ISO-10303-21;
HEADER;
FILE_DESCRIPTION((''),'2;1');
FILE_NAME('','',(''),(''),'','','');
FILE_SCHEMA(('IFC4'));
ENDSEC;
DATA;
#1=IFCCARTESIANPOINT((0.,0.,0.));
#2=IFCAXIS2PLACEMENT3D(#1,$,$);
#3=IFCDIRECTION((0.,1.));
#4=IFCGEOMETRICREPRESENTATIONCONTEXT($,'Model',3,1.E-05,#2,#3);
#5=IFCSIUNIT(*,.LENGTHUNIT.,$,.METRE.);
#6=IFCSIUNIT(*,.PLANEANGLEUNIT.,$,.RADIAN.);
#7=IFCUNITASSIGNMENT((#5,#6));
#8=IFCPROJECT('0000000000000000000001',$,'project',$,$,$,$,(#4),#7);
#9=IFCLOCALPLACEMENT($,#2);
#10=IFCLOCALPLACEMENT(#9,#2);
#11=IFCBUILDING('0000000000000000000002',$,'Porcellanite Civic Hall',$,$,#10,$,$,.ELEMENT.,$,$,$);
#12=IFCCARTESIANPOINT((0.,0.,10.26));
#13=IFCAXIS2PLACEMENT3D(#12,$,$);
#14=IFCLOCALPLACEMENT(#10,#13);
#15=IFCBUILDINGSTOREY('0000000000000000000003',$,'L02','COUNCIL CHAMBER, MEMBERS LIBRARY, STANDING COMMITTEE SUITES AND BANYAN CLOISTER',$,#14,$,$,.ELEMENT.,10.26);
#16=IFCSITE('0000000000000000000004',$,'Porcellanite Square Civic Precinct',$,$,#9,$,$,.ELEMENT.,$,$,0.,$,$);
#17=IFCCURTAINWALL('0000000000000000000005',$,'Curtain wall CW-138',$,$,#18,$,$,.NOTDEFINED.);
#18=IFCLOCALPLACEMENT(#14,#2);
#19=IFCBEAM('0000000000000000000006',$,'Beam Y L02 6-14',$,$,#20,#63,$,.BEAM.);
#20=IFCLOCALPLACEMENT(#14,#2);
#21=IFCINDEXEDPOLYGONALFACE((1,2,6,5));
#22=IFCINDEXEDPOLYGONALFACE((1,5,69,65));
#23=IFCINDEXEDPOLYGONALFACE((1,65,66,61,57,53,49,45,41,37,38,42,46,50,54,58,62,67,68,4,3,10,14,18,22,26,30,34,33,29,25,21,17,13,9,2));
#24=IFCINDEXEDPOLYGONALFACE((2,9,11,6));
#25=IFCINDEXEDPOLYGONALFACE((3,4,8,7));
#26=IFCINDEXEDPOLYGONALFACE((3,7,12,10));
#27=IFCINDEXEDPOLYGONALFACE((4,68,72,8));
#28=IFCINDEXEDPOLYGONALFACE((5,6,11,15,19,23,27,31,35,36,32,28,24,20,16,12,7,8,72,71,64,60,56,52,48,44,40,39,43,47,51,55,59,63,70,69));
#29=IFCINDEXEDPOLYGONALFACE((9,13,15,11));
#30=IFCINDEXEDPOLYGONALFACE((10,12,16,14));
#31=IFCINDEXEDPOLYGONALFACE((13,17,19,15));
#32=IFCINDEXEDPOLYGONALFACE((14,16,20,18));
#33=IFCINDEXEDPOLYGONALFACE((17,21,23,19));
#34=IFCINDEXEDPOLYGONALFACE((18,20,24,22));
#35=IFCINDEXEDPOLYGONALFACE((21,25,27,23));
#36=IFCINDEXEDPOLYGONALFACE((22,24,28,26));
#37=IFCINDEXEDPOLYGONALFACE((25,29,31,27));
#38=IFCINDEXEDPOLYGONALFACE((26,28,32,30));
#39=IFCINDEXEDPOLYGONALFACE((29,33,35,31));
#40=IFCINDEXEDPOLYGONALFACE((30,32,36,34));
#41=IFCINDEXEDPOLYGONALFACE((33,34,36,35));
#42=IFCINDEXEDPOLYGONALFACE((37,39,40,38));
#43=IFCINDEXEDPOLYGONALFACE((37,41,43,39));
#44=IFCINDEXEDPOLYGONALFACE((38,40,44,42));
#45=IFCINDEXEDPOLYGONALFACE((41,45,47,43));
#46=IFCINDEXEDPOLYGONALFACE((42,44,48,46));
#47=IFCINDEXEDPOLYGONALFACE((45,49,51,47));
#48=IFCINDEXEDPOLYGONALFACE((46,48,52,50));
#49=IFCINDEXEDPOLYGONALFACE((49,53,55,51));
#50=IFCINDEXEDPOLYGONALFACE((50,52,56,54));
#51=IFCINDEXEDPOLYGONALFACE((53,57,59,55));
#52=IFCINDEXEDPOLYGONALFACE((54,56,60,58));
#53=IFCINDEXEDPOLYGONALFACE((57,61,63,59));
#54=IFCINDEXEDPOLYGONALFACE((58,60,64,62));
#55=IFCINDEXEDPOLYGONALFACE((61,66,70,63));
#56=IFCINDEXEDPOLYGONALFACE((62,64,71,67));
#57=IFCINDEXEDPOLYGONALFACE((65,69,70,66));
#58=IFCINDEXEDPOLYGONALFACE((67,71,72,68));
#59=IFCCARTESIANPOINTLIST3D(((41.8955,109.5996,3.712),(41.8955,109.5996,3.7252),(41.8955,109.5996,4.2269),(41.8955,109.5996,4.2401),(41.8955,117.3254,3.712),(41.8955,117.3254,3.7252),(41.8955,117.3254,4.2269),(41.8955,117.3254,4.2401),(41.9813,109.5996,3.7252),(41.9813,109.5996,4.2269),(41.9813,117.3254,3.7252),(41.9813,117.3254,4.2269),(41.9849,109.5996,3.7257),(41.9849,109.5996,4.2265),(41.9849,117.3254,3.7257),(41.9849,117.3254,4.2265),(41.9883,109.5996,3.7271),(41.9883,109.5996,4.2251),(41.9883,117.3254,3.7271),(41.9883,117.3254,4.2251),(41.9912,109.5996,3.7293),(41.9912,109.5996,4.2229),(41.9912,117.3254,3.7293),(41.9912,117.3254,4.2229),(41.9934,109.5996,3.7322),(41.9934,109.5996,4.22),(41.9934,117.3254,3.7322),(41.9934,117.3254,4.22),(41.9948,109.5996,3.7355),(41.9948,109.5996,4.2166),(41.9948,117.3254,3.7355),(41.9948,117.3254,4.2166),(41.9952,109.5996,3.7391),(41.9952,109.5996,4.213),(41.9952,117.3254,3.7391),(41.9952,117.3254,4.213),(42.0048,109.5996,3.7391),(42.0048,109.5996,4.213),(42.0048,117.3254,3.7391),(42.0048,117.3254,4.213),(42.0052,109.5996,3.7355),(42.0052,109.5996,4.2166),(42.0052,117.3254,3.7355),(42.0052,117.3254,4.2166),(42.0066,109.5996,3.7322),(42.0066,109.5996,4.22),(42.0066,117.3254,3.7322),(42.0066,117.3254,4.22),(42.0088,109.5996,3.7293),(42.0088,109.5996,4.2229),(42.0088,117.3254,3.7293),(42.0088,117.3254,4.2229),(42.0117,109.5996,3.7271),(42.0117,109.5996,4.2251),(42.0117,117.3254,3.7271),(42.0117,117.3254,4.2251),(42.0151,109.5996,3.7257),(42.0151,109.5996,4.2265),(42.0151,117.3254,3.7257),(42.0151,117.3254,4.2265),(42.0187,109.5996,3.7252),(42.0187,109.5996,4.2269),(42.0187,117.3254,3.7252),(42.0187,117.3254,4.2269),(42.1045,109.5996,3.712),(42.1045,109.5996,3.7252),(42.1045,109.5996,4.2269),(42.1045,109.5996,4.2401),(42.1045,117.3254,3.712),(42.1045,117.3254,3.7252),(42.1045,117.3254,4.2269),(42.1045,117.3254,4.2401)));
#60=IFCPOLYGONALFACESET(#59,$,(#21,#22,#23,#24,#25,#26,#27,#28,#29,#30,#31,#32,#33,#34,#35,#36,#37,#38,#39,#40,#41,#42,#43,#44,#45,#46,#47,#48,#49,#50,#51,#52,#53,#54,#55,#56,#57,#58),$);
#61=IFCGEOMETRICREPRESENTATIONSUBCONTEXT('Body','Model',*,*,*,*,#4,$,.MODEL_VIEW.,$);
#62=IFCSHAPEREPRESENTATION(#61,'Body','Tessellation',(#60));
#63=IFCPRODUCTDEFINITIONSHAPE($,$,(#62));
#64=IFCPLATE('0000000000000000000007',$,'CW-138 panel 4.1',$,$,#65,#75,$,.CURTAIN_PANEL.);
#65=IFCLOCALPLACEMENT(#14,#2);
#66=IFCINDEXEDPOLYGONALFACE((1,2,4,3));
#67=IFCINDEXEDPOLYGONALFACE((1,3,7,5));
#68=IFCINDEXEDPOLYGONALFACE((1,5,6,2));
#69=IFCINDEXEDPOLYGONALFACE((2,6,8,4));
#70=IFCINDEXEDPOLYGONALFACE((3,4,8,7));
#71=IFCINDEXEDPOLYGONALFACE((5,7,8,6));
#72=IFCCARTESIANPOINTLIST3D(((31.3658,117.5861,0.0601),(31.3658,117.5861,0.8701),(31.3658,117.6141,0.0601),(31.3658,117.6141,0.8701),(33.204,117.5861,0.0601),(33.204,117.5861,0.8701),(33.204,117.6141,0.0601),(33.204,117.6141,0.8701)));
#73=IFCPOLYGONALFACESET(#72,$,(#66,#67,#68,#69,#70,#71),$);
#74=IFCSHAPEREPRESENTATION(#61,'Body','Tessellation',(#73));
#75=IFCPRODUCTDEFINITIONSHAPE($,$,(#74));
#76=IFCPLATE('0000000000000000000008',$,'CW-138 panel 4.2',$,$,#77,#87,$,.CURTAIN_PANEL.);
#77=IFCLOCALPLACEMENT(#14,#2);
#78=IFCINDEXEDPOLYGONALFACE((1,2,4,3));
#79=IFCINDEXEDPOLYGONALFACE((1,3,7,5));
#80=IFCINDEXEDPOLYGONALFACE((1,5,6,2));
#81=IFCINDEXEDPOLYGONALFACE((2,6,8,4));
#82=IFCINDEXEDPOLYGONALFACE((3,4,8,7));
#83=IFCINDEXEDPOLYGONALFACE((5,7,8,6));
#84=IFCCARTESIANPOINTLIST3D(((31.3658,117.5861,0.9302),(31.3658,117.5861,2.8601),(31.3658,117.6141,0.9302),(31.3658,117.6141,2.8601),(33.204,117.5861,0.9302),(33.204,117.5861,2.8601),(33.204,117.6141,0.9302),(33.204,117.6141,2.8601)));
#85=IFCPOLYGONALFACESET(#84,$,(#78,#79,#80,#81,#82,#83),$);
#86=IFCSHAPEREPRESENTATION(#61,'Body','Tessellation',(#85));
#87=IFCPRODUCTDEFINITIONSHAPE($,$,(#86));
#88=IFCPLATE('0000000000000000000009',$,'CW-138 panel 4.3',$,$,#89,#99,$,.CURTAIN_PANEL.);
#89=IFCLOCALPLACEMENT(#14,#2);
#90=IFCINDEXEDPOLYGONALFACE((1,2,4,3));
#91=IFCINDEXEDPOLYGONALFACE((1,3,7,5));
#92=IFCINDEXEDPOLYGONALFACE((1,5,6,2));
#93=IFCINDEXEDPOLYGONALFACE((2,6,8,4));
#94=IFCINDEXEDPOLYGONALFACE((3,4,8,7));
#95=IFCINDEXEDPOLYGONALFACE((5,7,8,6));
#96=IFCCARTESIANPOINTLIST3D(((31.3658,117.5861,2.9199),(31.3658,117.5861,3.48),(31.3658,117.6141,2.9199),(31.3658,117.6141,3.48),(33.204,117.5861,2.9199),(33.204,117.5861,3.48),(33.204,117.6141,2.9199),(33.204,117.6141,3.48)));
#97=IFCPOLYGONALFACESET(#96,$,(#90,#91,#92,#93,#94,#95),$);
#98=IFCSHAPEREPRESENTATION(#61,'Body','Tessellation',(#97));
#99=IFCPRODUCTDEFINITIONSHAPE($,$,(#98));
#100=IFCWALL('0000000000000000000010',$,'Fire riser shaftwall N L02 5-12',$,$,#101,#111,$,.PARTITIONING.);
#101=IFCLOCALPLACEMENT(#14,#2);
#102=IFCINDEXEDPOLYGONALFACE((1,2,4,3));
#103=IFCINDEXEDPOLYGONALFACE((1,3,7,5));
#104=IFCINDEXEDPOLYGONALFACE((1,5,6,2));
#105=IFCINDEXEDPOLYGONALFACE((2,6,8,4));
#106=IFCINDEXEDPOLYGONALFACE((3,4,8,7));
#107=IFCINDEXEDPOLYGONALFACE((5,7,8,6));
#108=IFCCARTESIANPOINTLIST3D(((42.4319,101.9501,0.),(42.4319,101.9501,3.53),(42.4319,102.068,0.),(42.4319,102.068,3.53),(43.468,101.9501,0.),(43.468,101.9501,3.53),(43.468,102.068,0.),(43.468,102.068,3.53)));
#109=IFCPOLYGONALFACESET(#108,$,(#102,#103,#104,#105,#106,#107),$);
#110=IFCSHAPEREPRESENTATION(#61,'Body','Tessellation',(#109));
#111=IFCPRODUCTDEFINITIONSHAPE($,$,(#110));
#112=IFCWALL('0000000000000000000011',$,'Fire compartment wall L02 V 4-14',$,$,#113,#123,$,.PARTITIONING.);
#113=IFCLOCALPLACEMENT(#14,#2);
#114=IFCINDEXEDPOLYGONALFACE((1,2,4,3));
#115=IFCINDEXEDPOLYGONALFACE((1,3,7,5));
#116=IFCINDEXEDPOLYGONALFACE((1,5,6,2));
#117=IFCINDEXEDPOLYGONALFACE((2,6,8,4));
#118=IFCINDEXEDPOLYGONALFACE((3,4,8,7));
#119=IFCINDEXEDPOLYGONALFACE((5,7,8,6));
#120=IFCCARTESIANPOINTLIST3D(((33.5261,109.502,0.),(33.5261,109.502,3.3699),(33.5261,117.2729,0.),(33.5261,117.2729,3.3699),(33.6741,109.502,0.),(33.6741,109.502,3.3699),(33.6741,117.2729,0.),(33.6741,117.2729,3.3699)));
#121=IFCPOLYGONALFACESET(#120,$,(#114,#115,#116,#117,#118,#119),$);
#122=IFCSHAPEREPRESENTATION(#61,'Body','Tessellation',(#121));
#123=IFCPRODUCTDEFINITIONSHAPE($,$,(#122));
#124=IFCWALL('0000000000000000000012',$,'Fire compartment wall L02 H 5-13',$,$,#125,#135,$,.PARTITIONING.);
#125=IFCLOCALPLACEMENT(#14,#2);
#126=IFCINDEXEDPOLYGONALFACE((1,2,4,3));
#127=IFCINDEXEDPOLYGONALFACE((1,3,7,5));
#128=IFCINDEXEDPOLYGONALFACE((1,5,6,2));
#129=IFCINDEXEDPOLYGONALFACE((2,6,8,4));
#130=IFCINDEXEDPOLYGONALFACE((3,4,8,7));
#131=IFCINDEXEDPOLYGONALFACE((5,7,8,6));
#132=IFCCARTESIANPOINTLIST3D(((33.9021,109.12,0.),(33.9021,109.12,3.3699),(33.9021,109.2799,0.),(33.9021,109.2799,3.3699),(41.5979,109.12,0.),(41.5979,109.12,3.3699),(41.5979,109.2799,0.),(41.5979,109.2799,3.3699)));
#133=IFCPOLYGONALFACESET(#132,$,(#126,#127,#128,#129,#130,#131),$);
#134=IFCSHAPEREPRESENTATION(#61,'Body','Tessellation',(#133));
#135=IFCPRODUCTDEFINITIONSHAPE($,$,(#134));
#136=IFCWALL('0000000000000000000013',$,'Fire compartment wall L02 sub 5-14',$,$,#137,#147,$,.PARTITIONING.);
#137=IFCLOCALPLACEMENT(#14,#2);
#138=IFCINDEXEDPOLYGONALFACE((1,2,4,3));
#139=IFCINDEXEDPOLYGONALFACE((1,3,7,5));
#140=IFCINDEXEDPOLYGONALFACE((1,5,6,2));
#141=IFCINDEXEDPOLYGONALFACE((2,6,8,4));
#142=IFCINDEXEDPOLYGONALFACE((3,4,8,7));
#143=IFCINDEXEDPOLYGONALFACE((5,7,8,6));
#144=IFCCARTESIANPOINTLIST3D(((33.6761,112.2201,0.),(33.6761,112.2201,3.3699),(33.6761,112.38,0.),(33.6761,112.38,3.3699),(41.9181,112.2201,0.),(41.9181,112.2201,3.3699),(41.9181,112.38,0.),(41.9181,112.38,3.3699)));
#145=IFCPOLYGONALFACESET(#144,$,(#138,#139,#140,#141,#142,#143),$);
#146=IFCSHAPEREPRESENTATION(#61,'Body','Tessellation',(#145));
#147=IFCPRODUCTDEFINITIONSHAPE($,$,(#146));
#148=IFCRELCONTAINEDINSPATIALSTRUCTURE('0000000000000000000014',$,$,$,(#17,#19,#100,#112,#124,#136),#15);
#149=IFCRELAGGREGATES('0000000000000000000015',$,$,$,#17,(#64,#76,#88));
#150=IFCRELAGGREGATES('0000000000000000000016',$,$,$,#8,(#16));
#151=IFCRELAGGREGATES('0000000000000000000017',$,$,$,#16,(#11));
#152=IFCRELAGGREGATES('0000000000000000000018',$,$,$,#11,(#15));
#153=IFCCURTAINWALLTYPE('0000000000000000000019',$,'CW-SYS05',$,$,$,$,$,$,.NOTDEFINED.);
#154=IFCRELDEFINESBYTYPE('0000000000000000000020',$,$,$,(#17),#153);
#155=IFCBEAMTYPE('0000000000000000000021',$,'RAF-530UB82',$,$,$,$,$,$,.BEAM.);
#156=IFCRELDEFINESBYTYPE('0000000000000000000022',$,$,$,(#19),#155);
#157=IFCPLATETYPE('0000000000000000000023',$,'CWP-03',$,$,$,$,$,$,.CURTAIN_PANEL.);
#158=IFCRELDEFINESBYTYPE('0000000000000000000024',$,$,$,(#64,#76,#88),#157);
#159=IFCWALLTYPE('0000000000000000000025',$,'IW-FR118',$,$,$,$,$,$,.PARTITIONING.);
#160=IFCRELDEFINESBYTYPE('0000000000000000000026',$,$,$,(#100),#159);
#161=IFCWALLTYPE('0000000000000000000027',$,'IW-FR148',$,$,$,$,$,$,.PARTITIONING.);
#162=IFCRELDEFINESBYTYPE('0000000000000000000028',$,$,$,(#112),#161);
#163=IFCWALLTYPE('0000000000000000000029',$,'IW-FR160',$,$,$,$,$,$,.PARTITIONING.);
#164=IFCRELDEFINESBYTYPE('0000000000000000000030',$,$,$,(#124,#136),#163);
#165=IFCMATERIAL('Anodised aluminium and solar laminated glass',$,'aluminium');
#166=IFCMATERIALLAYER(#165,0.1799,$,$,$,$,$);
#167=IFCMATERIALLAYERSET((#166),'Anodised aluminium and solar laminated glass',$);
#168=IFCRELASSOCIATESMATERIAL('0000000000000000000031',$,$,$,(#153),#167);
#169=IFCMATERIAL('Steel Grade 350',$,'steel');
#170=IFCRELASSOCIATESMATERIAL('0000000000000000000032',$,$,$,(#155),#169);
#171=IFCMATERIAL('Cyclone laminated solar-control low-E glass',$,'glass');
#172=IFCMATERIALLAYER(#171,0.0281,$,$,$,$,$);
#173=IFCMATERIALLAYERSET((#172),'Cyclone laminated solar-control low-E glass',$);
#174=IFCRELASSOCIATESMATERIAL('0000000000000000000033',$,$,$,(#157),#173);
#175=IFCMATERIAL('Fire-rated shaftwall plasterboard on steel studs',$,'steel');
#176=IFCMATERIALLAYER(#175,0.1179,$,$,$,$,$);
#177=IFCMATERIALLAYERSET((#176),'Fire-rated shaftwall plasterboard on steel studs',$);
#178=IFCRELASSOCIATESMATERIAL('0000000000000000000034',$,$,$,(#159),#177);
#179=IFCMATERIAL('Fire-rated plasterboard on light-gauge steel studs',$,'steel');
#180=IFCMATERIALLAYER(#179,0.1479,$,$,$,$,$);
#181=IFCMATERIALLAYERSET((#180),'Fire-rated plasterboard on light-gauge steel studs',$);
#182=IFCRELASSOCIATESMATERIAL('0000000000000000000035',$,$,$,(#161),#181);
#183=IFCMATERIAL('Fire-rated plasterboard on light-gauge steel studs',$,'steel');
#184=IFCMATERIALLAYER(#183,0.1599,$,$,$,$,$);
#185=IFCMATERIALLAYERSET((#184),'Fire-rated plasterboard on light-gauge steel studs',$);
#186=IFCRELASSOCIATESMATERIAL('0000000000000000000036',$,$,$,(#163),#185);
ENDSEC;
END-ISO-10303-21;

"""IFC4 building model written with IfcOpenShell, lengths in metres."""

from ifc_helpers import new_model, si_unit, direction, frame, frame_2d, origin, origin_2d, place, context, subcontext, project, spatial, rectangle, i_section, extrude, material, layer, layer_set, material_profile, profile_set, type_object, element, aggregate, save


model = new_model("IFC4")

# Units and contexts
model_context = context("Model", 3, precision=1e-05, world=origin(), true_north=direction((0.0, 1.0)))
body_context = subcontext(model_context, "Body", "Model", "MODEL_VIEW")
ifc_project = project(units=[si_unit("LENGTHUNIT", "METRE"), si_unit("PLANEANGLEUNIT", "RADIAN")], contexts=[model_context])

# Site, building, storey
site_placement = place(None, origin())
site = spatial("IfcSite", under=ifc_project, at=site_placement, Name="Porcellanite Square Civic Precinct", CompositionType="ELEMENT", RefElevation=0.0)
building_placement = place(site_placement, origin())
building = spatial("IfcBuilding", under=site, at=building_placement, Name="Porcellanite Civic Hall", CompositionType="ELEMENT")
storey_placement = place(building_placement, frame((0.0, 0.0, 10.26)))
storey = spatial("IfcBuildingStorey", under=building, at=storey_placement, Name="L02", Description="COUNCIL CHAMBER, MEMBERS LIBRARY, STANDING COMMITTEE SUITES AND BANYAN CLOISTER", CompositionType="ELEMENT", Elevation=10.26)

# Curtain wall
ifc_material_1 = material(Name="Anodised aluminium and solar laminated glass", Category="aluminium")
ifc_layer_1 = layer(ifc_material_1, 0.1799)
ifc_layer_set_1 = layer_set([ifc_layer_1], Name="Anodised aluminium and solar laminated glass")
curtain_wall_type_1 = type_object("IfcCurtainWallType", Name="CW-SYS05", PredefinedType="NOTDEFINED", material=ifc_layer_set_1)
curtain_wall_1_placement = place(storey_placement, origin())
curtain_wall_1 = element("IfcCurtainWall", 1, at=curtain_wall_1_placement, inside=storey, type_object=curtain_wall_type_1, Name="Curtain wall CW-138", PredefinedType="NOTDEFINED")

# Beam
ifc_material_2 = material(Name="Steel Grade 350", Category="steel")
ifc_material_profile_1 = material_profile(ifc_material_2, i_section(OverallWidth=0.209, OverallDepth=0.5281, WebThickness=0.0095, FlangeThickness=0.0132, FilletRadius=0.0139, at=origin_2d()), Name="530UB82.0")
ifc_profile_set_1 = profile_set([ifc_material_profile_1], Name="Steel Grade 350")
beam_type_1 = type_object("IfcBeamType", Name="RAF-530UB82", PredefinedType="BEAM", material=ifc_profile_set_1)
beam_1_placement = place(storey_placement, frame((42.0, 109.5996, 3.9761), z_axis=(0.0, 1.0, 0.0), x_axis=(-1.0, 0.0, 0.0)))
element("IfcBeam", 2, at=beam_1_placement, inside=storey, type_object=beam_type_1, Name="Beam Y L02 6-14", PredefinedType="BEAM", context=body_context, shape_type="SweptSolid", body=[
    extrude(i_section(OverallWidth=0.209, OverallDepth=0.5281, WebThickness=0.0095, FlangeThickness=0.0132, FilletRadius=0.0139, at=origin_2d()), origin(), (0.0, 0.0, 1.0), 7.7258),
])

# Plates
ifc_material_3 = material(Name="Cyclone laminated solar-control low-E glass", Category="glass")
ifc_layer_2 = layer(ifc_material_3, 0.0281)
ifc_layer_set_2 = layer_set([ifc_layer_2], Name="Cyclone laminated solar-control low-E glass")
plate_type = type_object("IfcPlateType", Name="CWP-03", PredefinedType="CURTAIN_PANEL", material=ifc_layer_set_2)
plate_1_placement = place(storey_placement, frame((32.2849, 117.6001, 0.0601), z_axis=(0.0, 0.0, 1.0), x_axis=(1.0, 0.0, 0.0)))
plate_1 = element("IfcPlate", 3, at=plate_1_placement, type_object=plate_type, Name="CW-138 panel 4.1", PredefinedType="CURTAIN_PANEL", context=body_context, shape_type="SweptSolid", body=[
    extrude(rectangle(XDim=1.8381, YDim=0.0281, at=origin_2d()), origin(), (0.0, 0.0, 1.0), 0.8101),
])
plate_2_placement = place(storey_placement, frame((32.2849, 117.6001, 0.9302), z_axis=(0.0, 0.0, 1.0), x_axis=(1.0, 0.0, 0.0)))
plate_2 = element("IfcPlate", 4, at=plate_2_placement, type_object=plate_type, Name="CW-138 panel 4.2", PredefinedType="CURTAIN_PANEL", context=body_context, shape_type="SweptSolid", body=[
    extrude(rectangle(XDim=1.8381, YDim=0.0281, at=origin_2d()), origin(), (0.0, 0.0, 1.0), 1.9299),
])
plate_3_placement = place(storey_placement, frame((32.2849, 117.6001, 2.9199), z_axis=(0.0, 0.0, 1.0), x_axis=(1.0, 0.0, 0.0)))
plate_3 = element("IfcPlate", 5, at=plate_3_placement, type_object=plate_type, Name="CW-138 panel 4.3", PredefinedType="CURTAIN_PANEL", context=body_context, shape_type="SweptSolid", body=[
    extrude(rectangle(XDim=1.8381, YDim=0.0281, at=origin_2d()), origin(), (0.0, 0.0, 1.0), 0.5601),
])
aggregate(curtain_wall_1, [plate_1, plate_2, plate_3])

# Walls
ifc_material_4 = material(Name="Fire-rated shaftwall plasterboard on steel studs", Category="steel")
ifc_layer_3 = layer(ifc_material_4, 0.1179)
ifc_layer_set_3 = layer_set([ifc_layer_3], Name="Fire-rated shaftwall plasterboard on steel studs")
wall_type_1 = type_object("IfcWallType", Name="IW-FR118", PredefinedType="PARTITIONING", material=ifc_layer_set_3)
wall_1_placement = place(storey_placement, frame((42.4319, 102.009, 0.0), z_axis=(0.0, 0.0, 1.0), x_axis=(1.0, 0.0, 0.0)))
element("IfcWall", 6, at=wall_1_placement, inside=storey, type_object=wall_type_1, Name="Fire riser shaftwall N L02 5-12", PredefinedType="PARTITIONING", context=body_context, shape_type="SweptSolid", body=[
    extrude(rectangle(XDim=1.0361, YDim=0.1179, at=frame_2d((0.5181, 0.0))), origin(), (0.0, 0.0, 1.0), 3.53),
])
ifc_material_5 = material(Name="Fire-rated plasterboard on light-gauge steel studs", Category="steel")
ifc_layer_4 = layer(ifc_material_5, 0.1479)
ifc_layer_set_4 = layer_set([ifc_layer_4], Name="Fire-rated plasterboard on light-gauge steel studs")
wall_type_2 = type_object("IfcWallType", Name="IW-FR148", PredefinedType="PARTITIONING", material=ifc_layer_set_4)
wall_2_placement = place(storey_placement, frame((33.6001, 109.502, 0.0), z_axis=(0.0, 0.0, 1.0), x_axis=(0.0, 1.0, 0.0)))
element("IfcWall", 7, at=wall_2_placement, inside=storey, type_object=wall_type_2, Name="Fire compartment wall L02 V 4-14", PredefinedType="PARTITIONING", context=body_context, shape_type="SweptSolid", body=[
    extrude(rectangle(XDim=7.771, YDim=0.1479, at=frame_2d((3.8855, 0.0))), origin(), (0.0, 0.0, 1.0), 3.3699),
])
ifc_material_6 = material(Name="Fire-rated plasterboard on light-gauge steel studs", Category="steel")
ifc_layer_5 = layer(ifc_material_6, 0.1599)
ifc_layer_set_5 = layer_set([ifc_layer_5], Name="Fire-rated plasterboard on light-gauge steel studs")
wall_type_3 = type_object("IfcWallType", Name="IW-FR160", PredefinedType="PARTITIONING", material=ifc_layer_set_5)
wall_3_placement = place(storey_placement, frame((33.9021, 109.2, 0.0), z_axis=(0.0, 0.0, 1.0), x_axis=(1.0, 0.0, 0.0)))
element("IfcWall", 8, at=wall_3_placement, inside=storey, type_object=wall_type_3, Name="Fire compartment wall L02 H 5-13", PredefinedType="PARTITIONING", context=body_context, shape_type="SweptSolid", body=[
    extrude(rectangle(XDim=7.6958, YDim=0.1599, at=frame_2d((3.8479, 0.0))), origin(), (0.0, 0.0, 1.0), 3.3699),
])

# Wall
wall_4_placement = place(storey_placement, frame((33.676, 112.3, 0.0), z_axis=(0.0, 0.0, 1.0), x_axis=(1.0, 0.0, 0.0)))
element("IfcWall", 9, at=wall_4_placement, inside=storey, type_object=wall_type_3, Name="Fire compartment wall L02 sub 5-14", PredefinedType="PARTITIONING", context=body_context, shape_type="SweptSolid", body=[
    extrude(rectangle(XDim=8.2419, YDim=0.1599, at=frame_2d((4.1211, 0.0))), origin(), (0.0, 0.0, 1.0), 3.3699),
])

save(model, "model.ifc")
